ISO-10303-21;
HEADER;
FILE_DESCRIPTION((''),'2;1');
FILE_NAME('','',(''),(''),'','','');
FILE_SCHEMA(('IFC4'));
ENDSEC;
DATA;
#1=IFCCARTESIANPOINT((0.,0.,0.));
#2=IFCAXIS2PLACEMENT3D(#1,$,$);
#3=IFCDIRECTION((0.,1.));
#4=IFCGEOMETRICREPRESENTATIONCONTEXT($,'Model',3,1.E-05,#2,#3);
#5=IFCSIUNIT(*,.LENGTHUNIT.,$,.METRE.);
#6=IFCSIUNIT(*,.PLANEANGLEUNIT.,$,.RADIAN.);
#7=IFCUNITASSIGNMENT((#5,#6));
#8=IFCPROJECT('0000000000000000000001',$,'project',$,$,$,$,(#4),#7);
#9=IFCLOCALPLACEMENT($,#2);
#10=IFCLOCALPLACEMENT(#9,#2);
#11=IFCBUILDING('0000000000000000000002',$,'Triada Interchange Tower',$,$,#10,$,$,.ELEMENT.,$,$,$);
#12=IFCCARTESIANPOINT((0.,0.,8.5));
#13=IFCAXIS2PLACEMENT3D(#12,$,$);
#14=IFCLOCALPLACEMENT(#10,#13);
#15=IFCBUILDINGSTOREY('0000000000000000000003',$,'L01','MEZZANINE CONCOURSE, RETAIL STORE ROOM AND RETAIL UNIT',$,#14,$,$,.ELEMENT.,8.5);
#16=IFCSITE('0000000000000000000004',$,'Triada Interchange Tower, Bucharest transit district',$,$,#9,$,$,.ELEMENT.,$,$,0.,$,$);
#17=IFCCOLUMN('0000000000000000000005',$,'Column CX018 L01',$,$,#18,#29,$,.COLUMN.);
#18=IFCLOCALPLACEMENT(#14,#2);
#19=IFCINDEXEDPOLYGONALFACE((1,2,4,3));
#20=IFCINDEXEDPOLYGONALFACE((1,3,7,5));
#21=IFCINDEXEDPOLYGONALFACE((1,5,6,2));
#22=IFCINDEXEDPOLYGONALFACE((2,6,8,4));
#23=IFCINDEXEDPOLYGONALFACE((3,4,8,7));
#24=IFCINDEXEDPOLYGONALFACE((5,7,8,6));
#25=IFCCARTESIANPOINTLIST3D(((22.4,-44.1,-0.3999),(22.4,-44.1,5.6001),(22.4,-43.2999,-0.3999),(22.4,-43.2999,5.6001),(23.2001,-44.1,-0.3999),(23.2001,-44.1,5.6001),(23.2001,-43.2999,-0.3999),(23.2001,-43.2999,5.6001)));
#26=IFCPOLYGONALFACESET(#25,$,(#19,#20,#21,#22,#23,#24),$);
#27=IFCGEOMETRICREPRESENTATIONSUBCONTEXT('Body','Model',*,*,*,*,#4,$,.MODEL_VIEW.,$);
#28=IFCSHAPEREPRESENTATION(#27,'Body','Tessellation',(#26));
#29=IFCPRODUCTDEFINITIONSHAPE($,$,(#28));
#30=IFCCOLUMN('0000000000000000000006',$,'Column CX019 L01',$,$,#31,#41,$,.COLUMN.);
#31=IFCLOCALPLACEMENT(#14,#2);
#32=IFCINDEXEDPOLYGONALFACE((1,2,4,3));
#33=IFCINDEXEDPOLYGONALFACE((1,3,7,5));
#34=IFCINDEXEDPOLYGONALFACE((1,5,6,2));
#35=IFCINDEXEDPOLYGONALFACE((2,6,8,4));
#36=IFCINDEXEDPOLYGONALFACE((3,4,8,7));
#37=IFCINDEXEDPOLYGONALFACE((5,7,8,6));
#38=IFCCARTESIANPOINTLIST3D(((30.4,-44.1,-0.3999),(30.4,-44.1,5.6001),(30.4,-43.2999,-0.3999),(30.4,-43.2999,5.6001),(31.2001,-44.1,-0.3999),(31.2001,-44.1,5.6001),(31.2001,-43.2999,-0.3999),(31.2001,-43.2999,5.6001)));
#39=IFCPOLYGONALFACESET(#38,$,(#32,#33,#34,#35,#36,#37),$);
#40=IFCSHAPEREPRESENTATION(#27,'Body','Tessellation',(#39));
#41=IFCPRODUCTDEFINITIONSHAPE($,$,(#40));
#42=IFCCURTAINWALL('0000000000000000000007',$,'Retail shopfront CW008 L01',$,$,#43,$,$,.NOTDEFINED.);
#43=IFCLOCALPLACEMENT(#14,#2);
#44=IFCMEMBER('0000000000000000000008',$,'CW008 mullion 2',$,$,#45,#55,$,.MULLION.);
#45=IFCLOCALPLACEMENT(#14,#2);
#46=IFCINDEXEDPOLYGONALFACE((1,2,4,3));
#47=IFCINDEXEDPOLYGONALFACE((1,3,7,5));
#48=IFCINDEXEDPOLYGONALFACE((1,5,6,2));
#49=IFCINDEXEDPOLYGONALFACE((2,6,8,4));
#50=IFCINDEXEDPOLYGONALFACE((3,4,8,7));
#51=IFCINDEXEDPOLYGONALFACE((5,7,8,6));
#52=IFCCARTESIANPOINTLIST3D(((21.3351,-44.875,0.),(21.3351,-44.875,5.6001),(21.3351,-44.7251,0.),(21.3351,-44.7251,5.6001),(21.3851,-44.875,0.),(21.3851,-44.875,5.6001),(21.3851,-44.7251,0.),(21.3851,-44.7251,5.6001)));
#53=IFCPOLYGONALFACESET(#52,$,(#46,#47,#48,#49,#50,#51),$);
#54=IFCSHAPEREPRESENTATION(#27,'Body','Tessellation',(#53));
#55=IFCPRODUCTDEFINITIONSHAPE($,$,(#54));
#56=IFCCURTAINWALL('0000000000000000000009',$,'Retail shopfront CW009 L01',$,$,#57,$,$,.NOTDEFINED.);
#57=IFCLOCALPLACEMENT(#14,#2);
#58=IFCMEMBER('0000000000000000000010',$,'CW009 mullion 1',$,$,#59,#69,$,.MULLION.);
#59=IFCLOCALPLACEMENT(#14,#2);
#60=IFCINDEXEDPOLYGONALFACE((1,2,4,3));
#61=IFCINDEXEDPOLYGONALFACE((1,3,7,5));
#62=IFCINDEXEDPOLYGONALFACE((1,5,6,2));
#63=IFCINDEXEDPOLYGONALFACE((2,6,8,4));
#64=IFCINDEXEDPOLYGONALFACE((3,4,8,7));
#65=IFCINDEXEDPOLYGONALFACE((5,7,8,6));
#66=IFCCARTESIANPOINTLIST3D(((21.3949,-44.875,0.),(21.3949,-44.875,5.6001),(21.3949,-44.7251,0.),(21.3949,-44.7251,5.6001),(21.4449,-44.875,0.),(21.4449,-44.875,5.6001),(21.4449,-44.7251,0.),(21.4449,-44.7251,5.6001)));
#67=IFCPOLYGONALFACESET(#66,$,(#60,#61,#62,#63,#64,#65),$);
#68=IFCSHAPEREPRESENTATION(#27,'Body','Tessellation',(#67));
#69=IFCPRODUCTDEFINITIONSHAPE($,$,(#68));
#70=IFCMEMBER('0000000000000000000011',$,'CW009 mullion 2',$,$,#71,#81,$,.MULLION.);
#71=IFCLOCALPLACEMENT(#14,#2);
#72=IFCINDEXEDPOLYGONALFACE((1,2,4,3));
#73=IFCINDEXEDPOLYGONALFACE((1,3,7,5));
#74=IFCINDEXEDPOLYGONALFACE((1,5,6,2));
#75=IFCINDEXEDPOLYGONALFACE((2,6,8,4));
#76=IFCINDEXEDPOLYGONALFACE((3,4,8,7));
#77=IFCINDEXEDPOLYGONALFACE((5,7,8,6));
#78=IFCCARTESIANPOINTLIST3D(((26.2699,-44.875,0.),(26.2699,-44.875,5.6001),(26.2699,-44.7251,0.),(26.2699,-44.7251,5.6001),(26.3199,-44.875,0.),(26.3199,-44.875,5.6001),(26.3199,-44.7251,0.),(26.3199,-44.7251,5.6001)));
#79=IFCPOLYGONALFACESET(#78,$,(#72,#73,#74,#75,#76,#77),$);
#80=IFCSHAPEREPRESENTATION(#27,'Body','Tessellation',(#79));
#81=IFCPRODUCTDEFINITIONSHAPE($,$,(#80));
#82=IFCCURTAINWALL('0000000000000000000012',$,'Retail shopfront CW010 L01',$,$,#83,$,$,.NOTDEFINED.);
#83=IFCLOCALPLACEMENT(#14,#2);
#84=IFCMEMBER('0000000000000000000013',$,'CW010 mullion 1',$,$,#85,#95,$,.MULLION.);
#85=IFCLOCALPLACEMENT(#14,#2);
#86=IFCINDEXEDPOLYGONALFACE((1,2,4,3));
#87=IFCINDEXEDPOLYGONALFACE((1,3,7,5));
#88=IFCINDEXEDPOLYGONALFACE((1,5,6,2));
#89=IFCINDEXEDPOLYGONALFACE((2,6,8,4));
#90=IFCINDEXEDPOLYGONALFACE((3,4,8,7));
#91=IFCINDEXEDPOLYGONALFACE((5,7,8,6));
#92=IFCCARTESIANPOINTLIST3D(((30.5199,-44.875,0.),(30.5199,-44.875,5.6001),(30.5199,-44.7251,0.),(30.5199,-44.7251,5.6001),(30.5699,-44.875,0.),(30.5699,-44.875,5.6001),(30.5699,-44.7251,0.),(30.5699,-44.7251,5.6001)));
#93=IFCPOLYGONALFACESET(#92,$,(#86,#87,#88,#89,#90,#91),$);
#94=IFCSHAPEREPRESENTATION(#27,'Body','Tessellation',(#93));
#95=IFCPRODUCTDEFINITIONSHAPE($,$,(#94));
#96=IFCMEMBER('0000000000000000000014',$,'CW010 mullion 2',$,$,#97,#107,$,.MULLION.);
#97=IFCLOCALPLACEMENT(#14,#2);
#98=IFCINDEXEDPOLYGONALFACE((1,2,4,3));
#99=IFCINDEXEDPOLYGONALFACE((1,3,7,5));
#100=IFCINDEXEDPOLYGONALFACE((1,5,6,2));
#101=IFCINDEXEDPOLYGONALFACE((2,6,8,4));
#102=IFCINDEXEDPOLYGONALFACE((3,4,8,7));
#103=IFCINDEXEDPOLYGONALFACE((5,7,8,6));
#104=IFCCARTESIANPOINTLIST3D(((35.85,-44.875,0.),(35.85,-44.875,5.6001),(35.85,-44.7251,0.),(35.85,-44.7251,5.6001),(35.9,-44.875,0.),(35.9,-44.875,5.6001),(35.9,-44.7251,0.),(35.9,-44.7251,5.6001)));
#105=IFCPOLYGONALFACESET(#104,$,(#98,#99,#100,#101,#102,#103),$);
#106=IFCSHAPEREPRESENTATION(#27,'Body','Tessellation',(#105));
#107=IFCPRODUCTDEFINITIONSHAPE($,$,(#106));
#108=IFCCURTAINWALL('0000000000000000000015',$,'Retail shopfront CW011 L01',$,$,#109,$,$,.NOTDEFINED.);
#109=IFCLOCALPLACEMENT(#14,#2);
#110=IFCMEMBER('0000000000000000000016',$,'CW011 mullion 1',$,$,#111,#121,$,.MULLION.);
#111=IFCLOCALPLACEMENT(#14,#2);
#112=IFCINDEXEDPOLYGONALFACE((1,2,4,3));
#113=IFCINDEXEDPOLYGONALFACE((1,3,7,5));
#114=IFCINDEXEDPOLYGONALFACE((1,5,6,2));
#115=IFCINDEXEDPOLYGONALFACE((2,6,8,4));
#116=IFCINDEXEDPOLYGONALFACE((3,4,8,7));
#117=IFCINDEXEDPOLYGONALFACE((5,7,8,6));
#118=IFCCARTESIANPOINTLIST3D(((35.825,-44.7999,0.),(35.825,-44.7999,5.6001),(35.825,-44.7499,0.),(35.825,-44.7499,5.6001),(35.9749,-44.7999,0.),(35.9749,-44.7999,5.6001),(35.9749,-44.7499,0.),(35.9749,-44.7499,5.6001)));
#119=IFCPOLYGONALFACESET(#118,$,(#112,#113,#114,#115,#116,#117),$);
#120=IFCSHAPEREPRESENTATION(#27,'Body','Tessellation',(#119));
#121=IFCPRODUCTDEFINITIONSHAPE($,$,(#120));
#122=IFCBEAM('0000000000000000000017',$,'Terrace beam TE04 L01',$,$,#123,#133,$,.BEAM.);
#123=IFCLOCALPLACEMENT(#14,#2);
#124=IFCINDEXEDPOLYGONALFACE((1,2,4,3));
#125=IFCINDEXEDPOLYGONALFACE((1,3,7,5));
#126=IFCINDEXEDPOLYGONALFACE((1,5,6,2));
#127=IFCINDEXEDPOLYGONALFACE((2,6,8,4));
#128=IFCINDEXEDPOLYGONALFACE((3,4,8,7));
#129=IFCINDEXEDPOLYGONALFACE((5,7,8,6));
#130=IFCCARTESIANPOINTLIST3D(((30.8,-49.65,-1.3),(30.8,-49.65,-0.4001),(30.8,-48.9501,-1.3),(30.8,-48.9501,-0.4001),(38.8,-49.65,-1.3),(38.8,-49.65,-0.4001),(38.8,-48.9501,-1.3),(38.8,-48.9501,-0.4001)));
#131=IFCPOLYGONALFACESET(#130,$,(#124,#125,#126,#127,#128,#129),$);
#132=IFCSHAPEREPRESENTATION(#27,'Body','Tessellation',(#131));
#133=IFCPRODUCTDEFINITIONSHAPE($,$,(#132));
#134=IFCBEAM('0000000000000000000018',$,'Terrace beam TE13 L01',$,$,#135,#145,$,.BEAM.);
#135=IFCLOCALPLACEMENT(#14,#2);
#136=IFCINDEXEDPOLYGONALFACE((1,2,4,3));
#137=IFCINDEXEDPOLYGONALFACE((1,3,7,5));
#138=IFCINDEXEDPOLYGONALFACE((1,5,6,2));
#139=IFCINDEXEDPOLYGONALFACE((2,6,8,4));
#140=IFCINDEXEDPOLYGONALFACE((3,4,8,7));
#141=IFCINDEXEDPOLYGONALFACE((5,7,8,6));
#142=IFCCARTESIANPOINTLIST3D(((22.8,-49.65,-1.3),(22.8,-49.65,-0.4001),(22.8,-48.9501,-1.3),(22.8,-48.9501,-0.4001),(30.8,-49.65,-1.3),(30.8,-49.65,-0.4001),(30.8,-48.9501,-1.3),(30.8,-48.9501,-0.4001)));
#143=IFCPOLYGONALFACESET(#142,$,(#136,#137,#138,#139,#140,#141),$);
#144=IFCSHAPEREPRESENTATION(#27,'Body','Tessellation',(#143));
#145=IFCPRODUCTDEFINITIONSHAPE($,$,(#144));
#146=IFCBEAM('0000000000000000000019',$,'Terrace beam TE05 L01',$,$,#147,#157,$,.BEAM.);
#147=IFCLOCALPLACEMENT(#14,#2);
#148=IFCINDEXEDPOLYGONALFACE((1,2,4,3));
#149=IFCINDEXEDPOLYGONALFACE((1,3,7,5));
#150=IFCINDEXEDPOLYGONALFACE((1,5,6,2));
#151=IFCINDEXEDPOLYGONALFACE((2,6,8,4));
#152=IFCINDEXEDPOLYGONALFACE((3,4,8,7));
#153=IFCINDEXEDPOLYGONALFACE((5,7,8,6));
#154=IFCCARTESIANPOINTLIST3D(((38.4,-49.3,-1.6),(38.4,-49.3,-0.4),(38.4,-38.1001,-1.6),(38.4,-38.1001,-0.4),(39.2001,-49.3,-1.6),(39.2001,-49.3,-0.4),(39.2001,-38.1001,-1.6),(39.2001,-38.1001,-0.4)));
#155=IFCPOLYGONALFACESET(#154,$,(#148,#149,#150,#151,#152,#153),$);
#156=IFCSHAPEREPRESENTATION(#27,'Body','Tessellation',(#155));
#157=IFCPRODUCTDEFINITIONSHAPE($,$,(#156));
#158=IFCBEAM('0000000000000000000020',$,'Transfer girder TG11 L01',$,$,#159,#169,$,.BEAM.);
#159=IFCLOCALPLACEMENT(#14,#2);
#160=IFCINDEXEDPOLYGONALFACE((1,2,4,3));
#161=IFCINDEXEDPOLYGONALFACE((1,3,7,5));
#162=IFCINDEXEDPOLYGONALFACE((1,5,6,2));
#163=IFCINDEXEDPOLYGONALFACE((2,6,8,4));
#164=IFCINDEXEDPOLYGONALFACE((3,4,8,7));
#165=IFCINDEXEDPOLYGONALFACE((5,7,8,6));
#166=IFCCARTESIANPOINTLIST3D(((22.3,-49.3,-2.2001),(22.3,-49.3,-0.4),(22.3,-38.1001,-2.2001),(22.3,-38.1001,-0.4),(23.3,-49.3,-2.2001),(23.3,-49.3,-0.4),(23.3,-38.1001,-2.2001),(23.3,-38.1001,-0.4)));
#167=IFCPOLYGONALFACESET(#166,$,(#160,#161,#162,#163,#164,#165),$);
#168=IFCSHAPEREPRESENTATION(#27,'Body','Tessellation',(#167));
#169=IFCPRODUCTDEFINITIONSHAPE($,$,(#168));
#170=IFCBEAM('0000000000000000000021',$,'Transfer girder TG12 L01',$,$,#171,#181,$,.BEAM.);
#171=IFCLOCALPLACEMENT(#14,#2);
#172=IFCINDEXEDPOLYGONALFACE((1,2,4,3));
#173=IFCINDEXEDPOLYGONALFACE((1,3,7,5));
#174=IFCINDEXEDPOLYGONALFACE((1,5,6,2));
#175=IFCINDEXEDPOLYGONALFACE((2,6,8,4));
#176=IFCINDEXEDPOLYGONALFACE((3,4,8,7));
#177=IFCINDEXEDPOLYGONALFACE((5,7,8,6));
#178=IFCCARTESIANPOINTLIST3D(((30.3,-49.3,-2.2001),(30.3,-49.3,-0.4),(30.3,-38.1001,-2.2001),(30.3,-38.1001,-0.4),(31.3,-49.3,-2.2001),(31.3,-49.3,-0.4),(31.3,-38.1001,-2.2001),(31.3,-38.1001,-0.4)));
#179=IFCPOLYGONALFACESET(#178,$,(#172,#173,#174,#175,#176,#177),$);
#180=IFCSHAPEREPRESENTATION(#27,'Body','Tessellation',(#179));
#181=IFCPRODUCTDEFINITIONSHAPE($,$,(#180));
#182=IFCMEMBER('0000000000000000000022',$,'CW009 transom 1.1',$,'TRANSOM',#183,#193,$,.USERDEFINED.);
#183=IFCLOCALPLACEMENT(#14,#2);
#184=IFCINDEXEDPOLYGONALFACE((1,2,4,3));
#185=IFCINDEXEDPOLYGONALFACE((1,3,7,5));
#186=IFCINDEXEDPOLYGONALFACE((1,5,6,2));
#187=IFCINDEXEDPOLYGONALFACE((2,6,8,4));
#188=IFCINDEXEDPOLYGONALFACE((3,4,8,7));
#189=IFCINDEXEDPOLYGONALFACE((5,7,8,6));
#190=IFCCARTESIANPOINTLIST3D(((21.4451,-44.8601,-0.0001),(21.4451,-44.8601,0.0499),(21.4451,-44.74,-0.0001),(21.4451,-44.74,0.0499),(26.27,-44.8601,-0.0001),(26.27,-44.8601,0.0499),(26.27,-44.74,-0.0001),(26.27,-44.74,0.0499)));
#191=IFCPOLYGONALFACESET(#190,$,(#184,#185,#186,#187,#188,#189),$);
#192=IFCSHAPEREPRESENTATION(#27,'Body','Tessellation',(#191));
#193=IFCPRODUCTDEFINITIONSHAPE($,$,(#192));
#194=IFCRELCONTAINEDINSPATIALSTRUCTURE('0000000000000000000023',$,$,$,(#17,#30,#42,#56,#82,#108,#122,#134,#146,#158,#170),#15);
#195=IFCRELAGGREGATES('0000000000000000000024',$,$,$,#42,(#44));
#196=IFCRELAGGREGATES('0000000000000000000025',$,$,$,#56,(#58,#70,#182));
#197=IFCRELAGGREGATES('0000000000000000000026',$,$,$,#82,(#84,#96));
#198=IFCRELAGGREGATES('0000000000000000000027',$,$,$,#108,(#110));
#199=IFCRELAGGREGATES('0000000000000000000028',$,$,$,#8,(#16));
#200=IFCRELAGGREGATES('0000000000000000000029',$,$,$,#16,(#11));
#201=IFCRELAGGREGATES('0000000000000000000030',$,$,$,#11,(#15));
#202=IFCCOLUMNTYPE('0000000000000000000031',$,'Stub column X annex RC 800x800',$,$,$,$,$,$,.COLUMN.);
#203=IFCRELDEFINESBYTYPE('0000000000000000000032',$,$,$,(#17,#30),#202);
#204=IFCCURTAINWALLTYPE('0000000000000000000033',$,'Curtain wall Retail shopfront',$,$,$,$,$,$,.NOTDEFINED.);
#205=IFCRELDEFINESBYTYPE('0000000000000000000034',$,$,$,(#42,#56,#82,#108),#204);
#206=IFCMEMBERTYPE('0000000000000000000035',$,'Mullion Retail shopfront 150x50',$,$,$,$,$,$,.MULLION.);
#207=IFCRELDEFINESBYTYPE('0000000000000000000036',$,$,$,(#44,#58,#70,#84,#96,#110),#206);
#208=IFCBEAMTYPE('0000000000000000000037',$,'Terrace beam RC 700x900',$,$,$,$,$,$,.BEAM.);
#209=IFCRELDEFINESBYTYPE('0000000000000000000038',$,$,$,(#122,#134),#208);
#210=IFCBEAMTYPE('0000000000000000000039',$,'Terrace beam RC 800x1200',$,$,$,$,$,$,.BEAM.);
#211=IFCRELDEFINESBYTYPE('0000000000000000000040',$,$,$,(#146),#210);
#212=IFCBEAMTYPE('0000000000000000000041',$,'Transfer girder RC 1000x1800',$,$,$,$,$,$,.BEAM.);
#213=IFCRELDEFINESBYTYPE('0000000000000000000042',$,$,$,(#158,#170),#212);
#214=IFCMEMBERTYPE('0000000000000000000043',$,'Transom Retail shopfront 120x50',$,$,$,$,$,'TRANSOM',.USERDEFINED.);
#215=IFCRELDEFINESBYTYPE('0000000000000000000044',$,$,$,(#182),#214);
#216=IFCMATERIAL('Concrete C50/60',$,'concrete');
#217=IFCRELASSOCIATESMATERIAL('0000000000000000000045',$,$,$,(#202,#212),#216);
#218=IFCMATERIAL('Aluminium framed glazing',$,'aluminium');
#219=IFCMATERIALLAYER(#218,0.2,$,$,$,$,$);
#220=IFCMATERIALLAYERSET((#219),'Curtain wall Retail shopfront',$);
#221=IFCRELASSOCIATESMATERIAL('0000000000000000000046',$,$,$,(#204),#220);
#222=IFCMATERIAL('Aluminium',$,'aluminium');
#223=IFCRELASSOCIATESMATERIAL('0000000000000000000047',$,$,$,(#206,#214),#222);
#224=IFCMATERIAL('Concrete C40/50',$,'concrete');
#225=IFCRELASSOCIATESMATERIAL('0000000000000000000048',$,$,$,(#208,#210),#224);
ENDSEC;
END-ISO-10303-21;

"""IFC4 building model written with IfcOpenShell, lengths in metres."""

from ifc_helpers import new_model, si_unit, direction, frame, origin, origin_2d, place, context, subcontext, project, spatial, rectangle, extrude, material, layer, layer_set, material_profile, profile_set, type_object, element, aggregate, save


model = new_model("IFC4")

# Units and contexts
model_context = context("Model", 3, precision=1e-05, world=origin(), true_north=direction((0.0, 1.0)))
body_context = subcontext(model_context, "Body", "Model", "MODEL_VIEW")
ifc_project = project(units=[si_unit("LENGTHUNIT", "METRE"), si_unit("PLANEANGLEUNIT", "RADIAN")], contexts=[model_context])

# Site, building, storey
site_placement = place(None, origin())
site = spatial("IfcSite", under=ifc_project, at=site_placement, Name="Triada Interchange Tower, Bucharest transit district", CompositionType="ELEMENT", RefElevation=0.0)
building_placement = place(site_placement, origin())
building = spatial("IfcBuilding", under=site, at=building_placement, Name="Triada Interchange Tower", CompositionType="ELEMENT")
storey_placement = place(building_placement, frame((0.0, 0.0, 8.5)))
storey = spatial("IfcBuildingStorey", under=building, at=storey_placement, Name="L01", Description="MEZZANINE CONCOURSE, RETAIL STORE ROOM AND RETAIL UNIT", CompositionType="ELEMENT", Elevation=8.5)

# Columns
ifc_material_1 = material(Name="Concrete C50/60", Category="concrete")
ifc_material_profile_1 = material_profile(ifc_material_1, rectangle(XDim=0.8, YDim=0.8, at=origin_2d()), Name="RC 800x800")
ifc_profile_set_1 = profile_set([ifc_material_profile_1], Name="Concrete C50/60")
column_type = type_object("IfcColumnType", Name="Stub column X annex RC 800x800", PredefinedType="COLUMN", material=ifc_profile_set_1)
for number, where, z_axis, x_axis, name in (
    (1, (22.8, -43.7, -0.3999), (0.0, 0.0, 1.0), (1.0, 0.0, 0.0), "Column CX018 L01"),
    (2, (30.8, -43.7, -0.3999), (0.0, 0.0, 1.0), (1.0, 0.0, 0.0), "Column CX019 L01"),
):
    element("IfcColumn", number, at=place(storey_placement, frame(where, z_axis=z_axis, x_axis=x_axis)), inside=storey, type_object=column_type, Name=name, PredefinedType="COLUMN", context=body_context, shape_type="SweptSolid", body=[
        extrude(rectangle(XDim=0.8, YDim=0.8, at=origin_2d()), origin(), (0.0, 0.0, 1.0), 6.0),
    ])

# Curtain wall, member
ifc_material_2 = material(Name="Aluminium framed glazing", Category="aluminium")
ifc_layer_1 = layer(ifc_material_2, 0.2)
ifc_layer_set_1 = layer_set([ifc_layer_1], Name="Curtain wall Retail shopfront")
curtain_wall_type = type_object("IfcCurtainWallType", Name="Curtain wall Retail shopfront", PredefinedType="NOTDEFINED", material=ifc_layer_set_1)
curtain_wall_1_placement = place(storey_placement, origin())
curtain_wall_1 = element("IfcCurtainWall", 3, at=curtain_wall_1_placement, inside=storey, type_object=curtain_wall_type, Name="Retail shopfront CW008 L01", PredefinedType="NOTDEFINED")
ifc_material_3 = material(Name="Aluminium", Category="aluminium")
ifc_material_profile_2 = material_profile(ifc_material_3, rectangle(XDim=0.1499, YDim=0.05, at=origin_2d()), Name="Aluminium mullion")
ifc_profile_set_2 = profile_set([ifc_material_profile_2], Name="Aluminium")
member_type_1 = type_object("IfcMemberType", Name="Mullion Retail shopfront 150x50", PredefinedType="MULLION", material=ifc_profile_set_2)
member_1_placement = place(storey_placement, frame((21.3601, -44.8, 0.0), z_axis=(0.0, 0.0, 1.0), x_axis=(0.0, 1.0, 0.0)))
member_1 = element("IfcMember", 4, at=member_1_placement, type_object=member_type_1, Name="CW008 mullion 2", PredefinedType="MULLION", context=body_context, shape_type="SweptSolid", body=[
    extrude(rectangle(XDim=0.1499, YDim=0.05, at=origin_2d()), origin(), (0.0, 0.0, 1.0), 5.6001),
])
aggregate(curtain_wall_1, [member_1])

# Curtain walls, members
curtain_wall_2_placement = place(storey_placement, origin())
curtain_wall_2 = element("IfcCurtainWall", 5, at=curtain_wall_2_placement, inside=storey, type_object=curtain_wall_type, Name="Retail shopfront CW009 L01", PredefinedType="NOTDEFINED")
member_2_placement = place(storey_placement, frame((21.4199, -44.8, 0.0), z_axis=(0.0, 0.0, 1.0), x_axis=(0.0, 1.0, 0.0)))
member_2 = element("IfcMember", 6, at=member_2_placement, type_object=member_type_1, Name="CW009 mullion 1", PredefinedType="MULLION", context=body_context, shape_type="SweptSolid", body=[
    extrude(rectangle(XDim=0.1499, YDim=0.05, at=origin_2d()), origin(), (0.0, 0.0, 1.0), 5.6001),
])
member_3_placement = place(storey_placement, frame((26.2949, -44.8, 0.0), z_axis=(0.0, 0.0, 1.0), x_axis=(0.0, 1.0, 0.0)))
member_3 = element("IfcMember", 7, at=member_3_placement, type_object=member_type_1, Name="CW009 mullion 2", PredefinedType="MULLION", context=body_context, shape_type="SweptSolid", body=[
    extrude(rectangle(XDim=0.1499, YDim=0.05, at=origin_2d()), origin(), (0.0, 0.0, 1.0), 5.6001),
])
curtain_wall_3_placement = place(storey_placement, origin())
curtain_wall_3 = element("IfcCurtainWall", 8, at=curtain_wall_3_placement, inside=storey, type_object=curtain_wall_type, Name="Retail shopfront CW010 L01", PredefinedType="NOTDEFINED")
member_4_placement = place(storey_placement, frame((30.5449, -44.8, 0.0), z_axis=(0.0, 0.0, 1.0), x_axis=(0.0, 1.0, 0.0)))
member_4 = element("IfcMember", 9, at=member_4_placement, type_object=member_type_1, Name="CW010 mullion 1", PredefinedType="MULLION", context=body_context, shape_type="SweptSolid", body=[
    extrude(rectangle(XDim=0.1499, YDim=0.05, at=origin_2d()), origin(), (0.0, 0.0, 1.0), 5.6001),
])
member_5_placement = place(storey_placement, frame((35.875, -44.8, 0.0), z_axis=(0.0, 0.0, 1.0), x_axis=(0.0, 1.0, 0.0)))
member_5 = element("IfcMember", 10, at=member_5_placement, type_object=member_type_1, Name="CW010 mullion 2", PredefinedType="MULLION", context=body_context, shape_type="SweptSolid", body=[
    extrude(rectangle(XDim=0.1499, YDim=0.05, at=origin_2d()), origin(), (0.0, 0.0, 1.0), 5.6001),
])

# Curtain wall, member
curtain_wall_4_placement = place(storey_placement, origin())
curtain_wall_4 = element("IfcCurtainWall", 11, at=curtain_wall_4_placement, inside=storey, type_object=curtain_wall_type, Name="Retail shopfront CW011 L01", PredefinedType="NOTDEFINED")
member_6_placement = place(storey_placement, frame((35.8999, -44.7749, 0.0), z_axis=(0.0, 0.0, 1.0), x_axis=(-1.0, 0.0, 0.0)))
member_6 = element("IfcMember", 12, at=member_6_placement, type_object=member_type_1, Name="CW011 mullion 1", PredefinedType="MULLION", context=body_context, shape_type="SweptSolid", body=[
    extrude(rectangle(XDim=0.1499, YDim=0.05, at=origin_2d()), origin(), (0.0, 0.0, 1.0), 5.6001),
])

# Beams
ifc_material_4 = material(Name="Concrete C40/50", Category="concrete")
ifc_material_profile_3 = material_profile(ifc_material_4, rectangle(XDim=0.7, YDim=0.8999, at=origin_2d()), Name="RC 700x900")
ifc_profile_set_3 = profile_set([ifc_material_profile_3], Name="Concrete C40/50")
beam_type_1 = type_object("IfcBeamType", Name="Terrace beam RC 700x900", PredefinedType="BEAM", material=ifc_profile_set_3)
for number, where, z_axis, x_axis, name in (
    (13, (38.8, -49.3, -0.8501), (-1.0, 0.0, 0.0), (0.0, -1.0, 0.0), "Terrace beam TE04 L01"),
    (14, (22.8, -49.3, -0.8501), (1.0, 0.0, 0.0), (0.0, 1.0, 0.0), "Terrace beam TE13 L01"),
):
    element("IfcBeam", number, at=place(storey_placement, frame(where, z_axis=z_axis, x_axis=x_axis)), inside=storey, type_object=beam_type_1, Name=name, PredefinedType="BEAM", context=body_context, shape_type="SweptSolid", body=[
        extrude(rectangle(XDim=0.7, YDim=0.8999, at=origin_2d()), origin(), (0.0, 0.0, 1.0), 8.0),
    ])
ifc_material_profile_4 = material_profile(ifc_material_4, rectangle(XDim=0.8, YDim=1.2, at=origin_2d()), Name="RC 800x1200")
ifc_profile_set_4 = profile_set([ifc_material_profile_4], Name="Concrete C40/50")
beam_type_2 = type_object("IfcBeamType", Name="Terrace beam RC 800x1200", PredefinedType="BEAM", material=ifc_profile_set_4)
beam_placement = place(storey_placement, frame((38.8, -49.3, -1.0), z_axis=(0.0, 1.0, 0.0), x_axis=(-1.0, 0.0, 0.0)))
element("IfcBeam", 15, at=beam_placement, inside=storey, type_object=beam_type_2, Name="Terrace beam TE05 L01", PredefinedType="BEAM", context=body_context, shape_type="SweptSolid", body=[
    extrude(rectangle(XDim=0.8, YDim=1.2, at=origin_2d()), origin(), (0.0, 0.0, 1.0), 11.2),
])
ifc_material_profile_5 = material_profile(ifc_material_1, rectangle(XDim=1.0, YDim=1.8, at=origin_2d()), Name="RC 1000x1800")
ifc_profile_set_5 = profile_set([ifc_material_profile_5], Name="Concrete C50/60")
beam_type_3 = type_object("IfcBeamType", Name="Transfer girder RC 1000x1800", PredefinedType="BEAM", material=ifc_profile_set_5)
for number, where, z_axis, x_axis, name in (
    (16, (22.8, -49.3, -1.3), (0.0, 1.0, 0.0), (-1.0, 0.0, 0.0), "Transfer girder TG11 L01"),
    (17, (30.8, -49.3, -1.3), (0.0, 1.0, 0.0), (-1.0, 0.0, 0.0), "Transfer girder TG12 L01"),
):
    element("IfcBeam", number, at=place(storey_placement, frame(where, z_axis=z_axis, x_axis=x_axis)), inside=storey, type_object=beam_type_3, Name=name, PredefinedType="BEAM", context=body_context, shape_type="SweptSolid", body=[
        extrude(rectangle(XDim=1.0, YDim=1.8, at=origin_2d()), origin(), (0.0, 0.0, 1.0), 11.2),
    ])

# Member
ifc_material_profile_6 = material_profile(ifc_material_3, rectangle(XDim=0.1201, YDim=0.05, at=origin_2d()), Name="Aluminium transom")
ifc_profile_set_6 = profile_set([ifc_material_profile_6], Name="Aluminium")
member_type_2 = type_object("IfcMemberType", Name="Transom Retail shopfront 120x50", ElementType="TRANSOM", PredefinedType="USERDEFINED", material=ifc_profile_set_6)
member_7_placement = place(storey_placement, frame((21.4451, -44.8, 0.0249), z_axis=(1.0, 0.0, 0.0), x_axis=(0.0, 1.0, 0.0)))
member_7 = element("IfcMember", 18, at=member_7_placement, type_object=member_type_2, Name="CW009 transom 1.1", ObjectType="TRANSOM", PredefinedType="USERDEFINED", context=body_context, shape_type="SweptSolid", body=[
    extrude(rectangle(XDim=0.1201, YDim=0.05, at=origin_2d()), origin(), (0.0, 0.0, 1.0), 4.825),
])

aggregate(curtain_wall_2, [member_2, member_3, member_7])
aggregate(curtain_wall_3, [member_4, member_5])
aggregate(curtain_wall_4, [member_6])

save(model, "model.ifc")
